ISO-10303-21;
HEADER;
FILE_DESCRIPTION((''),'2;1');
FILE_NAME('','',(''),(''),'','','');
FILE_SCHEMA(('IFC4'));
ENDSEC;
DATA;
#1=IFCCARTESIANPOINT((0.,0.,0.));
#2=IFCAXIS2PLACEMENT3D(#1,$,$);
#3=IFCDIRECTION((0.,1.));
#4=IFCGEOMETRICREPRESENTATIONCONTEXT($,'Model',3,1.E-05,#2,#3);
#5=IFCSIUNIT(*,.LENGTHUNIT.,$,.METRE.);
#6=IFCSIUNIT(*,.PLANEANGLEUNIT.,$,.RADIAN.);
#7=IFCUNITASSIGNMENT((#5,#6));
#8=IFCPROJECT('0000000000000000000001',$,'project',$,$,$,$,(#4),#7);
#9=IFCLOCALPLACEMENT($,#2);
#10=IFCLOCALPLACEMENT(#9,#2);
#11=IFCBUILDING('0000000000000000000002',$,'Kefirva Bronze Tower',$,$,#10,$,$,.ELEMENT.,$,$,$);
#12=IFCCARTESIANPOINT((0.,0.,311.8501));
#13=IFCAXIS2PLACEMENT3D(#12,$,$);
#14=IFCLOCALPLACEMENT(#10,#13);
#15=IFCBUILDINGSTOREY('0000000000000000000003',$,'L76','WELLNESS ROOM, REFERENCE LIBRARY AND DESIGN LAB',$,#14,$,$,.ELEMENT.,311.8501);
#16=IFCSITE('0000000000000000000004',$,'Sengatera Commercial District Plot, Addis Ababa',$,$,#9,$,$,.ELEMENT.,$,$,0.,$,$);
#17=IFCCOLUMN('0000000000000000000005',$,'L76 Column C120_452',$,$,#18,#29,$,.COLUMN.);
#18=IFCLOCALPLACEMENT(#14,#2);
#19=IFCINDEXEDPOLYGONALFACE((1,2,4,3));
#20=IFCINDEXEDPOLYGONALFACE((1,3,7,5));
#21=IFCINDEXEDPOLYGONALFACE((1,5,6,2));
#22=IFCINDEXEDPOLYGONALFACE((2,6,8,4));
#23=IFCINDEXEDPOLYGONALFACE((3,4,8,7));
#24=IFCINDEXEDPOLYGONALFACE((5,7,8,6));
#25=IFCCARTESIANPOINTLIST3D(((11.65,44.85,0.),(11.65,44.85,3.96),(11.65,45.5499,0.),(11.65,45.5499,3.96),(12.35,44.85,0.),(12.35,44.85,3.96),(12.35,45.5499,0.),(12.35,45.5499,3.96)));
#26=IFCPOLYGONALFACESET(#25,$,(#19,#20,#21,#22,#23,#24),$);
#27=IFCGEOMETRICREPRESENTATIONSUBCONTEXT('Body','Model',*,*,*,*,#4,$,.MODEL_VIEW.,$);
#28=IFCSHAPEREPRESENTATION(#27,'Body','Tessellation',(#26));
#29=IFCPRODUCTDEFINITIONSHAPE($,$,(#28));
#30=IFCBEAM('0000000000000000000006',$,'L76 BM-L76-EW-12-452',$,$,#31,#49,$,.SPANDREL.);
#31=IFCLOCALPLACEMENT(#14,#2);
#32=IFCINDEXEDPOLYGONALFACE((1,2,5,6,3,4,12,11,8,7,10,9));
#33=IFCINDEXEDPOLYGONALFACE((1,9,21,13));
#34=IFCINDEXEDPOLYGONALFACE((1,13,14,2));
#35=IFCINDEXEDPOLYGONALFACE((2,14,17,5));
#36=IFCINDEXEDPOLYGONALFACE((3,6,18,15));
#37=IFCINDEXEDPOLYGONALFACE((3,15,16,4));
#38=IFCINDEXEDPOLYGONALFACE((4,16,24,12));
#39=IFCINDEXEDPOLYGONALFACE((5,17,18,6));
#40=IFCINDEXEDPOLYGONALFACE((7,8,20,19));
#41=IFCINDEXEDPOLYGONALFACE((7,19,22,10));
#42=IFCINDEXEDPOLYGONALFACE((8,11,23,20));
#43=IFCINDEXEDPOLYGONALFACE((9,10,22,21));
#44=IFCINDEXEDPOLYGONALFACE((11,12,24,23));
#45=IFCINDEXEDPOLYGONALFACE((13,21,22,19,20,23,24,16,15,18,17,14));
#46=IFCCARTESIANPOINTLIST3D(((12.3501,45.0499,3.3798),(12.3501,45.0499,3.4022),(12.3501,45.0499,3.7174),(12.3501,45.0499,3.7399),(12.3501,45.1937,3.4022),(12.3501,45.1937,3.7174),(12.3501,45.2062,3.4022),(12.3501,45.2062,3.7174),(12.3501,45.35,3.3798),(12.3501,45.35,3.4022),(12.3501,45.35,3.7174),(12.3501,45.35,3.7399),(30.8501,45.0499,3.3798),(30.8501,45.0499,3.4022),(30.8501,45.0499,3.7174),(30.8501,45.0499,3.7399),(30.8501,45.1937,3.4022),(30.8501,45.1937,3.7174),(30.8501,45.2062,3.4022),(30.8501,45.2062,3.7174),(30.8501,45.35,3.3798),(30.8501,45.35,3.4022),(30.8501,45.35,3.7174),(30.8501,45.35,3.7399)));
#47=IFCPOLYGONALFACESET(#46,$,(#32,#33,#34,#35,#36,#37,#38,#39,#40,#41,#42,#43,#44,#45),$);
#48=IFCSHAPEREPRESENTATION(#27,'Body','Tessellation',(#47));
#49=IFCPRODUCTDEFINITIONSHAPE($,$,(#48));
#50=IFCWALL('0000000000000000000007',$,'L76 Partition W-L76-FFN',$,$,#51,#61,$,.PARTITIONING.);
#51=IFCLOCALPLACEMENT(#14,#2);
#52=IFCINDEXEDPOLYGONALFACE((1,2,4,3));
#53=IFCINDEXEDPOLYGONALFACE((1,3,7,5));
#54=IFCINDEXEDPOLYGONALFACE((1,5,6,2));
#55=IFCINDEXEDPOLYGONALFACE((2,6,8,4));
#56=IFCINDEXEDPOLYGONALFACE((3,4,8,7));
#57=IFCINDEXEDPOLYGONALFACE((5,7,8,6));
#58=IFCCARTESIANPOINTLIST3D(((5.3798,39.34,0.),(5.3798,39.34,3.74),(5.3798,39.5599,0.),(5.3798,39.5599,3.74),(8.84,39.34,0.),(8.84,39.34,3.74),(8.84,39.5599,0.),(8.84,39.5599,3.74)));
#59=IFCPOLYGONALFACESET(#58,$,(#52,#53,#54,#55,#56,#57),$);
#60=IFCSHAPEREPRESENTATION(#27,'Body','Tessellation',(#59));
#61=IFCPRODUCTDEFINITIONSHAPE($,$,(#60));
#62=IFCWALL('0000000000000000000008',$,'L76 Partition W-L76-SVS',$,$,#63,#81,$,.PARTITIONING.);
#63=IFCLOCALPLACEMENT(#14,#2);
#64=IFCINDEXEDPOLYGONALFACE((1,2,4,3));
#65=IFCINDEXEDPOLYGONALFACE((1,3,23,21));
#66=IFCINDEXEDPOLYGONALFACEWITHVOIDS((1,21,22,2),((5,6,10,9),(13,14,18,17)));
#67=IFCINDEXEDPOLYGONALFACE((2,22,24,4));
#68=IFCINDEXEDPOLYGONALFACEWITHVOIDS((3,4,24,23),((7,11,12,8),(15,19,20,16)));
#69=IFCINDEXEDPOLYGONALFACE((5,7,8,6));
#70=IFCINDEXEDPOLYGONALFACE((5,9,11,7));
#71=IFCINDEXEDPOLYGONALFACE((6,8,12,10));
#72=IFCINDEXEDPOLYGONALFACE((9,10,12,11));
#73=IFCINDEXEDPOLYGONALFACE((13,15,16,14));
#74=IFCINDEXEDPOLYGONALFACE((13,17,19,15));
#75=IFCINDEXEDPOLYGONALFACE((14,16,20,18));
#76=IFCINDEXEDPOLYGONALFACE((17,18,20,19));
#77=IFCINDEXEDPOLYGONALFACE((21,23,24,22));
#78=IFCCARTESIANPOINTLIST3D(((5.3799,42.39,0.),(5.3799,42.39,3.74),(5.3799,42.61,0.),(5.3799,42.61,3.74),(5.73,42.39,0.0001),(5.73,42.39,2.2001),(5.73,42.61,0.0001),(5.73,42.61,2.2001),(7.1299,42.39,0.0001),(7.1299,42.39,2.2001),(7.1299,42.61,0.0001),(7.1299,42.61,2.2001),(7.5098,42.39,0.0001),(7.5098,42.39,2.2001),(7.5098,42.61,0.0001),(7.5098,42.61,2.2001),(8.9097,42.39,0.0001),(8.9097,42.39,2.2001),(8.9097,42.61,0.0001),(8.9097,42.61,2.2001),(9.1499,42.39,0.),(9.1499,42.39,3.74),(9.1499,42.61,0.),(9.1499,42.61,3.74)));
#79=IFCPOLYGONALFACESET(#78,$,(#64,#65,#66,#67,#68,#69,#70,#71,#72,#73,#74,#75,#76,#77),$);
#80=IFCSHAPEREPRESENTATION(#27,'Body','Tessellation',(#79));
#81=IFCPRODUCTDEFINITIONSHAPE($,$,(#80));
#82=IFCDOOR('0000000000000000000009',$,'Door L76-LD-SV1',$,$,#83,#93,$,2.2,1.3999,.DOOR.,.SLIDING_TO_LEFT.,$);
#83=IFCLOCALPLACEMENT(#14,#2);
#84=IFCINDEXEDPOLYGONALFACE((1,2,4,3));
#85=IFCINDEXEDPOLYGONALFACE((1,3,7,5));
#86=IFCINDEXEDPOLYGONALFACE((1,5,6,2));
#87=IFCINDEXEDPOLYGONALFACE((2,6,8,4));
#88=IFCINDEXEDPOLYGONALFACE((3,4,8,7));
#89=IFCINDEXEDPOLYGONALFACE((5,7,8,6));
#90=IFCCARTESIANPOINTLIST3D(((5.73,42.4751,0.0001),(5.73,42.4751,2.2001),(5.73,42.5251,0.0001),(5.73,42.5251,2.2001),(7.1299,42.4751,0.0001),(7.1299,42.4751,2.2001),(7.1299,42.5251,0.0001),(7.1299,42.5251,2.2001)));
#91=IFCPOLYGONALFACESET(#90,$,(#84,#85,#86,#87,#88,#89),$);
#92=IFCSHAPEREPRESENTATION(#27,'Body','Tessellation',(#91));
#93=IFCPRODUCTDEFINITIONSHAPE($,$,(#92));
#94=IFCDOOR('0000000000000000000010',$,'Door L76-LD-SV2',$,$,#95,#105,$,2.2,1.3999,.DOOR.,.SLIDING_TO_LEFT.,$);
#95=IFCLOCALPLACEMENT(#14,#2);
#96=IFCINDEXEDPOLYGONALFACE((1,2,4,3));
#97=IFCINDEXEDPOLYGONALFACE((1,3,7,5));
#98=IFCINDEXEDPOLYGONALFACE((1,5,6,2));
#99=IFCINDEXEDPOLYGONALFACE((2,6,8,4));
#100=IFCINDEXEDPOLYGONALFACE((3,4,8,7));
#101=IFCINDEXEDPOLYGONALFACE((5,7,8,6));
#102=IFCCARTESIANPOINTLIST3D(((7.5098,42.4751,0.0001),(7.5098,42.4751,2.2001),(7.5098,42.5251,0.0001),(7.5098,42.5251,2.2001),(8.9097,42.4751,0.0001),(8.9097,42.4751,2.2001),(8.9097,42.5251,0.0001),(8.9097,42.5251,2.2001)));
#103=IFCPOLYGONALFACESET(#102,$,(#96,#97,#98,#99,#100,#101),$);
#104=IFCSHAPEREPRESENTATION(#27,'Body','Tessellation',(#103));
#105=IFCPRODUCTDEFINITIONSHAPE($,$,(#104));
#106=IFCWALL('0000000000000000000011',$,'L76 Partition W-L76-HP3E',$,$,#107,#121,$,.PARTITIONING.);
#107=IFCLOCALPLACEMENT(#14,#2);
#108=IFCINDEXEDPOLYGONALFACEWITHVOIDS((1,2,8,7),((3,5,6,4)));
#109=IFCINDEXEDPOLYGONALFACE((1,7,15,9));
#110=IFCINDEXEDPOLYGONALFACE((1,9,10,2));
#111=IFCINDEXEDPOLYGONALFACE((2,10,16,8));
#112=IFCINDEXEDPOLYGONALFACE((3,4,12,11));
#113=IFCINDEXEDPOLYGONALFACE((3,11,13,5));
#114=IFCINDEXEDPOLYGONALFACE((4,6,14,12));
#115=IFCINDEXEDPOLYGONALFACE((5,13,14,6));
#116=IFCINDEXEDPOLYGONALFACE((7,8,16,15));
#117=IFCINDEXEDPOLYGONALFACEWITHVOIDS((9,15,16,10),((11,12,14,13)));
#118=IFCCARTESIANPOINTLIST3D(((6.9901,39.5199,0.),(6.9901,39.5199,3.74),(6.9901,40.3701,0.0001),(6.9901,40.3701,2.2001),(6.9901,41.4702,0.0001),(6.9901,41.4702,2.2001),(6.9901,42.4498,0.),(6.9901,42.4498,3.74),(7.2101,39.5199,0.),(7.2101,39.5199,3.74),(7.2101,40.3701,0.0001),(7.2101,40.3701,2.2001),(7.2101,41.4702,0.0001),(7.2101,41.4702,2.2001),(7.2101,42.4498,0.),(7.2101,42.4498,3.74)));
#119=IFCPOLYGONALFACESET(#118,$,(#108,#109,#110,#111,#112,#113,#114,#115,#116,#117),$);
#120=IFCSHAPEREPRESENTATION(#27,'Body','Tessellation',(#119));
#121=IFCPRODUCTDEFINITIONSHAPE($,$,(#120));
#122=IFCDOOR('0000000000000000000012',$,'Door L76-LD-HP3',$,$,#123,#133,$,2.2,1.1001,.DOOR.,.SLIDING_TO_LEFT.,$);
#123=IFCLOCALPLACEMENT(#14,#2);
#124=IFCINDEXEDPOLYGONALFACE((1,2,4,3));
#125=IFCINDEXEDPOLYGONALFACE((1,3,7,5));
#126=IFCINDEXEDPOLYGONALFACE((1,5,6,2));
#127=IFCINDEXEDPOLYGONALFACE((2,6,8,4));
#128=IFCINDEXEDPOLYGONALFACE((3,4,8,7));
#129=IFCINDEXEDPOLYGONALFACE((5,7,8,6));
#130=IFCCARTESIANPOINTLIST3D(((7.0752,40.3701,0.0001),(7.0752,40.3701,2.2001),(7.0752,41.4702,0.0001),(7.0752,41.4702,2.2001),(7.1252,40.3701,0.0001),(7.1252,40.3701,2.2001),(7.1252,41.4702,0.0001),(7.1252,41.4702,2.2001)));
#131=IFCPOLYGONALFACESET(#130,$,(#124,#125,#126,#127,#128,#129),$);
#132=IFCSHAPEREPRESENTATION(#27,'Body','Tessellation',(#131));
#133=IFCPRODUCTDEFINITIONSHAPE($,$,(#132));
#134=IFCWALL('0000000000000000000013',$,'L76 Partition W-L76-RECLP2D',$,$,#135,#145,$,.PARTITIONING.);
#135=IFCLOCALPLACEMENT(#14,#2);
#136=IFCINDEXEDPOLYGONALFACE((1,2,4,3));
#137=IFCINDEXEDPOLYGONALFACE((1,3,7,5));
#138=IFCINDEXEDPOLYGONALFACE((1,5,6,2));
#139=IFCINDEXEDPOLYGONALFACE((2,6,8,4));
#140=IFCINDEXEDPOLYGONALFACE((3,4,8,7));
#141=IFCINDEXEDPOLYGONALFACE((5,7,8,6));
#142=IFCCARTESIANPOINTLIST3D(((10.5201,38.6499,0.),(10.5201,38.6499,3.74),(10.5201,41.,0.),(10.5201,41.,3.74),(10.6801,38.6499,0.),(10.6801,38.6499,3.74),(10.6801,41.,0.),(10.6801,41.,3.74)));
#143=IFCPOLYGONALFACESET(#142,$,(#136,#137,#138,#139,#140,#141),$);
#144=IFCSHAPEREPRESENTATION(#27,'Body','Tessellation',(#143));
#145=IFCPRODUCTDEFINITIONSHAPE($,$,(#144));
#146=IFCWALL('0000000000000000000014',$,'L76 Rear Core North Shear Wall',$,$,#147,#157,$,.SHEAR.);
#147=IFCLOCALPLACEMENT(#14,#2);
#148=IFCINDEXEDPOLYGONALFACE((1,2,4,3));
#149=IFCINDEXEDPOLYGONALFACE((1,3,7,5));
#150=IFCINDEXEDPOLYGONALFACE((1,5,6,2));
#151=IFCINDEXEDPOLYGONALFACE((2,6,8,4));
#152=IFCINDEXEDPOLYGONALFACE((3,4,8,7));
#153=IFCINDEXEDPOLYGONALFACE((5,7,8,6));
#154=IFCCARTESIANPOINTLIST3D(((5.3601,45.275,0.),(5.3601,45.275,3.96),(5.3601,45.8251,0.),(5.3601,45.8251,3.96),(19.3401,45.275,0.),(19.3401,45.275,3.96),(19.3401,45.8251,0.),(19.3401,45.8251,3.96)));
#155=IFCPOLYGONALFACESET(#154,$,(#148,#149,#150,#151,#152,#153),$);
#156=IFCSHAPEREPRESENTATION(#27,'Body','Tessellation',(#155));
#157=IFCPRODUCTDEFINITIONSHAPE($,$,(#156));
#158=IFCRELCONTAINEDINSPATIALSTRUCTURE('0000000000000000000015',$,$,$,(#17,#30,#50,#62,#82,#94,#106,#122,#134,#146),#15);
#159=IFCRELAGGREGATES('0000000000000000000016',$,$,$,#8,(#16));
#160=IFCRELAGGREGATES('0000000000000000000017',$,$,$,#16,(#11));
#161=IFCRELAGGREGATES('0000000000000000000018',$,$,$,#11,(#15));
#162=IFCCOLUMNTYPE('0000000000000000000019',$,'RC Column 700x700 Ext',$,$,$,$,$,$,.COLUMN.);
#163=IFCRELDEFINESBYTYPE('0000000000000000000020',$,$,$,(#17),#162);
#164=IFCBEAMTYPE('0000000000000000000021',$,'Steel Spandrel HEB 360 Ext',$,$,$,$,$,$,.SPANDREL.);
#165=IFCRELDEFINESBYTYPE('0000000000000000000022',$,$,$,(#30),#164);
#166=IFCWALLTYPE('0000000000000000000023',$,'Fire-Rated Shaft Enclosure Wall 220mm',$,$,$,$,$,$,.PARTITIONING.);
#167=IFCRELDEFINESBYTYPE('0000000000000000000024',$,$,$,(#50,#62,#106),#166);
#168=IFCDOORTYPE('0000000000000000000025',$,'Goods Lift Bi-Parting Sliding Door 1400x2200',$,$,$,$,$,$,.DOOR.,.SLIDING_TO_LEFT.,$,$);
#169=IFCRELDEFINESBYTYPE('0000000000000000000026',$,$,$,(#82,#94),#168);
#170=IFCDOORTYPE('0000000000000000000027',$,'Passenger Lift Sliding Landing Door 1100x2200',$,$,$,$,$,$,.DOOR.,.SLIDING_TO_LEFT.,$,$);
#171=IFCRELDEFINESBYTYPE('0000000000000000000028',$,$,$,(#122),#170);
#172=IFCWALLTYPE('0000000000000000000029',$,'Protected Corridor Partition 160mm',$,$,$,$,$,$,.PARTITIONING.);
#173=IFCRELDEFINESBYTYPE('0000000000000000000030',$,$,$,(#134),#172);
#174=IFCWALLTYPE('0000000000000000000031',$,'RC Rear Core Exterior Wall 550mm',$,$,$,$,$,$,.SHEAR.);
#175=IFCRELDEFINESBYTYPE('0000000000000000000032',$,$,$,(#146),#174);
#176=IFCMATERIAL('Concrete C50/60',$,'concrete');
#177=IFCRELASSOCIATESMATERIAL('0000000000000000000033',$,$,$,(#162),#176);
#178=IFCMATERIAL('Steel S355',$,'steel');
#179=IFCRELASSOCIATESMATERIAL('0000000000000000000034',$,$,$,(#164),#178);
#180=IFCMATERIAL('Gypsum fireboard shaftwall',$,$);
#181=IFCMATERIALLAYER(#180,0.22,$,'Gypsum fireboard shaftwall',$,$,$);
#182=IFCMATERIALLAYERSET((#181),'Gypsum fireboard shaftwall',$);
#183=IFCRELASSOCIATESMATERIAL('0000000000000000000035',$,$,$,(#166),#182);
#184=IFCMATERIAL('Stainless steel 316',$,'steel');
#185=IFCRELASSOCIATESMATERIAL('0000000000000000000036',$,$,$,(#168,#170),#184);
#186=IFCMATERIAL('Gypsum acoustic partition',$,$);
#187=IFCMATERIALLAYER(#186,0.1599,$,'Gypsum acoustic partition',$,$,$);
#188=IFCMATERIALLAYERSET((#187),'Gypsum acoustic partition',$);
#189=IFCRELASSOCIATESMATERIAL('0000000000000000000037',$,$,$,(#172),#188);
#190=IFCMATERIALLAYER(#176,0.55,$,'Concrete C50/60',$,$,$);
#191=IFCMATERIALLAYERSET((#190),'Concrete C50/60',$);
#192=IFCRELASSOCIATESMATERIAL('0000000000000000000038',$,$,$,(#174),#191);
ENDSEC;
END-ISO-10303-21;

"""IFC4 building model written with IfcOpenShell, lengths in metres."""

from ifc_helpers import new_model, si_unit, direction, frame, frame_2d, origin, origin_2d, place, context, subcontext, project, spatial, rectangle, i_section, extrude, material, layer, layer_set, material_profile, profile_set, type_object, element, fill, save


model = new_model("IFC4")

# Units and contexts
model_context = context("Model", 3, precision=1e-05, world=origin(), true_north=direction((0.0, 1.0)))
body_context = subcontext(model_context, "Body", "Model", "MODEL_VIEW")
ifc_project = project(units=[si_unit("LENGTHUNIT", "METRE"), si_unit("PLANEANGLEUNIT", "RADIAN")], contexts=[model_context])

# Site, building, storey
site_placement = place(None, origin())
site = spatial("IfcSite", under=ifc_project, at=site_placement, Name="Sengatera Commercial District Plot, Addis Ababa", CompositionType="ELEMENT", RefElevation=0.0)
building_placement = place(site_placement, origin())
building = spatial("IfcBuilding", under=site, at=building_placement, Name="Kefirva Bronze Tower", CompositionType="ELEMENT")
storey_placement = place(building_placement, frame((0.0, 0.0, 311.8501)))
storey = spatial("IfcBuildingStorey", under=building, at=storey_placement, Name="L76", Description="WELLNESS ROOM, REFERENCE LIBRARY AND DESIGN LAB", CompositionType="ELEMENT", Elevation=311.8501)

# Column
ifc_material_1 = material(Name="Concrete C50/60", Category="concrete")
ifc_material_profile_1 = material_profile(ifc_material_1, rectangle(XDim=0.7, YDim=0.7, at=origin_2d()), Name="RC 700x700")
ifc_profile_set_1 = profile_set([ifc_material_profile_1], Name="Concrete C50/60")
column_type = type_object("IfcColumnType", Name="RC Column 700x700 Ext", PredefinedType="COLUMN", material=ifc_profile_set_1)
column_placement = place(storey_placement, frame((12.0, 45.2, 0.0), z_axis=(0.0, 0.0, 1.0), x_axis=(1.0, 0.0, 0.0)))
element("IfcColumn", 1, at=column_placement, inside=storey, type_object=column_type, Name="L76 Column C120_452", PredefinedType="COLUMN", context=body_context, shape_type="SweptSolid", body=[
    extrude(rectangle(XDim=0.7, YDim=0.7, at=origin_2d()), origin(), (0.0, 0.0, 1.0), 3.96),
])

# Beam
ifc_material_2 = material(Name="Steel S355", Category="steel")
ifc_material_profile_2 = material_profile(ifc_material_2, i_section(OverallWidth=0.3, OverallDepth=0.3601, WebThickness=0.0125, FlangeThickness=0.0225, at=origin_2d()), Name="HEB 360")
ifc_profile_set_2 = profile_set([ifc_material_profile_2], Name="Steel S355")
beam_type = type_object("IfcBeamType", Name="Steel Spandrel HEB 360 Ext", PredefinedType="SPANDREL", material=ifc_profile_set_2)
beam_placement = place(storey_placement, frame((12.3501, 45.2, 3.5598), z_axis=(1.0, 0.0, 0.0), x_axis=(0.0, 1.0, 0.0)))
element("IfcBeam", 2, at=beam_placement, inside=storey, type_object=beam_type, Name="L76 BM-L76-EW-12-452", PredefinedType="SPANDREL", context=body_context, shape_type="SweptSolid", body=[
    extrude(i_section(OverallWidth=0.3, OverallDepth=0.3601, WebThickness=0.0125, FlangeThickness=0.0225, at=origin_2d()), origin(), (0.0, 0.0, 1.0), 18.5),
])

# Wall
ifc_material_3 = material(Name="Gypsum fireboard shaftwall")
ifc_layer_1 = layer(ifc_material_3, 0.22, Name="Gypsum fireboard shaftwall")
ifc_layer_set_1 = layer_set([ifc_layer_1], Name="Gypsum fireboard shaftwall")
wall_type_1 = type_object("IfcWallType", Name="Fire-Rated Shaft Enclosure Wall 220mm", PredefinedType="PARTITIONING", material=ifc_layer_set_1)
wall_1_placement = place(storey_placement, frame((5.3799, 39.45, 0.0), z_axis=(0.0, 0.0, 1.0), x_axis=(1.0, 0.0, 0.0)))
element("IfcWall", 3, at=wall_1_placement, inside=storey, type_object=wall_type_1, Name="L76 Partition W-L76-FFN", PredefinedType="PARTITIONING", context=body_context, shape_type="SweptSolid", body=[
    extrude(rectangle(XDim=3.4602, YDim=0.22, at=frame_2d((1.73, 0.0))), origin(), (0.0, 0.0, 1.0), 3.74),
])

# Wall, openings, doors
wall_2_placement = place(storey_placement, frame((5.3799, 42.5, 0.0), z_axis=(0.0, 0.0, 1.0), x_axis=(1.0, 0.0, 0.0)))
wall_2 = element("IfcWall", 4, at=wall_2_placement, inside=storey, type_object=wall_type_1, Name="L76 Partition W-L76-SVS", PredefinedType="PARTITIONING", context=body_context, shape_type="SweptSolid", body=[
    extrude(rectangle(XDim=3.77, YDim=0.22, at=frame_2d((1.885, 0.0))), origin(), (0.0, 0.0, 1.0), 3.74),
])
opening_1_placement = place(wall_2_placement, frame((1.75, 0.0, 0.0), z_axis=(0.0, 0.0, 1.0), x_axis=(-1.0, 0.0, 0.0)))
opening_1 = element("IfcOpeningElement", 5, at=opening_1_placement, cuts=wall_2, PredefinedType="OPENING", context=body_context, shape_type="SweptSolid", body=[
    extrude(rectangle(XDim=1.3999, YDim=2.2, at=frame_2d((0.7, 1.1001))), frame((0.0, 0.1201, 0.0), z_axis=(0.0, -1.0, 0.0), x_axis=(1.0, 0.0, 0.0)), (0.0, 0.0, 1.0), 0.24),
])
opening_2_placement = place(wall_2_placement, frame((3.5298, 0.0, 0.0), z_axis=(0.0, 0.0, 1.0), x_axis=(-1.0, 0.0, 0.0)))
opening_2 = element("IfcOpeningElement", 6, at=opening_2_placement, cuts=wall_2, PredefinedType="OPENING", context=body_context, shape_type="SweptSolid", body=[
    extrude(rectangle(XDim=1.3999, YDim=2.2, at=frame_2d((0.7, 1.1001))), frame((0.0, 0.1201, 0.0), z_axis=(0.0, -1.0, 0.0), x_axis=(1.0, 0.0, 0.0)), (0.0, 0.0, 1.0), 0.24),
])
ifc_material_4 = material(Name="Stainless steel 316", Category="steel")
door_type_1 = type_object("IfcDoorType", Name="Goods Lift Bi-Parting Sliding Door 1400x2200", OperationType="SLIDING_TO_LEFT", PredefinedType="DOOR", material=ifc_material_4)
door_1_placement = place(opening_1_placement, origin())
door_1 = element("IfcDoor", 7, at=door_1_placement, inside=storey, type_object=door_type_1, Name="Door L76-LD-SV1", OperationType="SLIDING_TO_LEFT", OverallHeight=2.2, OverallWidth=1.3999, PredefinedType="DOOR", context=body_context, shape_type="SweptSolid", body=[
    extrude(rectangle(XDim=1.3999, YDim=2.2, at=frame_2d((0.7, 1.1001))), frame((0.0, 0.0249, 0.0), z_axis=(0.0, -1.0, 0.0), x_axis=(1.0, 0.0, 0.0)), (0.0, 0.0, 1.0), 0.05),
])
fill(opening_1, door_1)
door_2_placement = place(opening_2_placement, origin())
door_2 = element("IfcDoor", 8, at=door_2_placement, inside=storey, type_object=door_type_1, Name="Door L76-LD-SV2", OperationType="SLIDING_TO_LEFT", OverallHeight=2.2, OverallWidth=1.3999, PredefinedType="DOOR", context=body_context, shape_type="SweptSolid", body=[
    extrude(rectangle(XDim=1.3999, YDim=2.2, at=frame_2d((0.7, 1.1001))), frame((0.0, 0.0249, 0.0), z_axis=(0.0, -1.0, 0.0), x_axis=(1.0, 0.0, 0.0)), (0.0, 0.0, 1.0), 0.05),
])
fill(opening_2, door_2)

# Wall, opening, door
wall_3_placement = place(storey_placement, frame((7.1001, 39.52, 0.0), z_axis=(0.0, 0.0, 1.0), x_axis=(0.0, 1.0, 0.0)))
wall_3 = element("IfcWall", 9, at=wall_3_placement, inside=storey, type_object=wall_type_1, Name="L76 Partition W-L76-HP3E", PredefinedType="PARTITIONING", context=body_context, shape_type="SweptSolid", body=[
    extrude(rectangle(XDim=2.9299, YDim=0.22, at=frame_2d((1.4648, 0.0))), origin(), (0.0, 0.0, 1.0), 3.74),
])
opening_3_placement = place(wall_3_placement, frame((0.8501, 0.0, 0.0)))
opening_3 = element("IfcOpeningElement", 10, at=opening_3_placement, cuts=wall_3, PredefinedType="OPENING", context=body_context, shape_type="SweptSolid", body=[
    extrude(rectangle(XDim=1.1001, YDim=2.2, at=frame_2d((0.55, 1.1001))), frame((0.0, 0.1201, 0.0), z_axis=(0.0, -1.0, 0.0), x_axis=(1.0, 0.0, 0.0)), (0.0, 0.0, 1.0), 0.24),
])
door_type_2 = type_object("IfcDoorType", Name="Passenger Lift Sliding Landing Door 1100x2200", OperationType="SLIDING_TO_LEFT", PredefinedType="DOOR", material=ifc_material_4)
door_3_placement = place(opening_3_placement, origin())
door_3 = element("IfcDoor", 11, at=door_3_placement, inside=storey, type_object=door_type_2, Name="Door L76-LD-HP3", OperationType="SLIDING_TO_LEFT", OverallHeight=2.2, OverallWidth=1.1001, PredefinedType="DOOR", context=body_context, shape_type="SweptSolid", body=[
    extrude(rectangle(XDim=1.1001, YDim=2.2, at=frame_2d((0.55, 1.1001))), frame((0.0, 0.0249, 0.0), z_axis=(0.0, -1.0, 0.0), x_axis=(1.0, 0.0, 0.0)), (0.0, 0.0, 1.0), 0.05),
])
fill(opening_3, door_3)

# Walls
ifc_material_5 = material(Name="Gypsum acoustic partition")
ifc_layer_2 = layer(ifc_material_5, 0.1599, Name="Gypsum acoustic partition")
ifc_layer_set_2 = layer_set([ifc_layer_2], Name="Gypsum acoustic partition")
wall_type_2 = type_object("IfcWallType", Name="Protected Corridor Partition 160mm", PredefinedType="PARTITIONING", material=ifc_layer_set_2)
wall_4_placement = place(storey_placement, frame((10.6001, 38.6499, 0.0), z_axis=(0.0, 0.0, 1.0), x_axis=(0.0, 1.0, 0.0)))
element("IfcWall", 12, at=wall_4_placement, inside=storey, type_object=wall_type_2, Name="L76 Partition W-L76-RECLP2D", PredefinedType="PARTITIONING", context=body_context, shape_type="SweptSolid", body=[
    extrude(rectangle(XDim=2.3501, YDim=0.1599, at=frame_2d((1.175, 0.0))), origin(), (0.0, 0.0, 1.0), 3.74),
])
ifc_layer_3 = layer(ifc_material_1, 0.55, Name="Concrete C50/60")
ifc_layer_set_3 = layer_set([ifc_layer_3], Name="Concrete C50/60")
wall_type_3 = type_object("IfcWallType", Name="RC Rear Core Exterior Wall 550mm", PredefinedType="SHEAR", material=ifc_layer_set_3)
wall_5_placement = place(storey_placement, frame((5.3601, 45.55, 0.0), z_axis=(0.0, 0.0, 1.0), x_axis=(1.0, 0.0, 0.0)))
element("IfcWall", 13, at=wall_5_placement, inside=storey, type_object=wall_type_3, Name="L76 Rear Core North Shear Wall", PredefinedType="SHEAR", context=body_context, shape_type="SweptSolid", body=[
    extrude(rectangle(XDim=13.98, YDim=0.55, at=frame_2d((6.99, 0.0))), origin(), (0.0, 0.0, 1.0), 3.96),
])

save(model, "model.ifc")
